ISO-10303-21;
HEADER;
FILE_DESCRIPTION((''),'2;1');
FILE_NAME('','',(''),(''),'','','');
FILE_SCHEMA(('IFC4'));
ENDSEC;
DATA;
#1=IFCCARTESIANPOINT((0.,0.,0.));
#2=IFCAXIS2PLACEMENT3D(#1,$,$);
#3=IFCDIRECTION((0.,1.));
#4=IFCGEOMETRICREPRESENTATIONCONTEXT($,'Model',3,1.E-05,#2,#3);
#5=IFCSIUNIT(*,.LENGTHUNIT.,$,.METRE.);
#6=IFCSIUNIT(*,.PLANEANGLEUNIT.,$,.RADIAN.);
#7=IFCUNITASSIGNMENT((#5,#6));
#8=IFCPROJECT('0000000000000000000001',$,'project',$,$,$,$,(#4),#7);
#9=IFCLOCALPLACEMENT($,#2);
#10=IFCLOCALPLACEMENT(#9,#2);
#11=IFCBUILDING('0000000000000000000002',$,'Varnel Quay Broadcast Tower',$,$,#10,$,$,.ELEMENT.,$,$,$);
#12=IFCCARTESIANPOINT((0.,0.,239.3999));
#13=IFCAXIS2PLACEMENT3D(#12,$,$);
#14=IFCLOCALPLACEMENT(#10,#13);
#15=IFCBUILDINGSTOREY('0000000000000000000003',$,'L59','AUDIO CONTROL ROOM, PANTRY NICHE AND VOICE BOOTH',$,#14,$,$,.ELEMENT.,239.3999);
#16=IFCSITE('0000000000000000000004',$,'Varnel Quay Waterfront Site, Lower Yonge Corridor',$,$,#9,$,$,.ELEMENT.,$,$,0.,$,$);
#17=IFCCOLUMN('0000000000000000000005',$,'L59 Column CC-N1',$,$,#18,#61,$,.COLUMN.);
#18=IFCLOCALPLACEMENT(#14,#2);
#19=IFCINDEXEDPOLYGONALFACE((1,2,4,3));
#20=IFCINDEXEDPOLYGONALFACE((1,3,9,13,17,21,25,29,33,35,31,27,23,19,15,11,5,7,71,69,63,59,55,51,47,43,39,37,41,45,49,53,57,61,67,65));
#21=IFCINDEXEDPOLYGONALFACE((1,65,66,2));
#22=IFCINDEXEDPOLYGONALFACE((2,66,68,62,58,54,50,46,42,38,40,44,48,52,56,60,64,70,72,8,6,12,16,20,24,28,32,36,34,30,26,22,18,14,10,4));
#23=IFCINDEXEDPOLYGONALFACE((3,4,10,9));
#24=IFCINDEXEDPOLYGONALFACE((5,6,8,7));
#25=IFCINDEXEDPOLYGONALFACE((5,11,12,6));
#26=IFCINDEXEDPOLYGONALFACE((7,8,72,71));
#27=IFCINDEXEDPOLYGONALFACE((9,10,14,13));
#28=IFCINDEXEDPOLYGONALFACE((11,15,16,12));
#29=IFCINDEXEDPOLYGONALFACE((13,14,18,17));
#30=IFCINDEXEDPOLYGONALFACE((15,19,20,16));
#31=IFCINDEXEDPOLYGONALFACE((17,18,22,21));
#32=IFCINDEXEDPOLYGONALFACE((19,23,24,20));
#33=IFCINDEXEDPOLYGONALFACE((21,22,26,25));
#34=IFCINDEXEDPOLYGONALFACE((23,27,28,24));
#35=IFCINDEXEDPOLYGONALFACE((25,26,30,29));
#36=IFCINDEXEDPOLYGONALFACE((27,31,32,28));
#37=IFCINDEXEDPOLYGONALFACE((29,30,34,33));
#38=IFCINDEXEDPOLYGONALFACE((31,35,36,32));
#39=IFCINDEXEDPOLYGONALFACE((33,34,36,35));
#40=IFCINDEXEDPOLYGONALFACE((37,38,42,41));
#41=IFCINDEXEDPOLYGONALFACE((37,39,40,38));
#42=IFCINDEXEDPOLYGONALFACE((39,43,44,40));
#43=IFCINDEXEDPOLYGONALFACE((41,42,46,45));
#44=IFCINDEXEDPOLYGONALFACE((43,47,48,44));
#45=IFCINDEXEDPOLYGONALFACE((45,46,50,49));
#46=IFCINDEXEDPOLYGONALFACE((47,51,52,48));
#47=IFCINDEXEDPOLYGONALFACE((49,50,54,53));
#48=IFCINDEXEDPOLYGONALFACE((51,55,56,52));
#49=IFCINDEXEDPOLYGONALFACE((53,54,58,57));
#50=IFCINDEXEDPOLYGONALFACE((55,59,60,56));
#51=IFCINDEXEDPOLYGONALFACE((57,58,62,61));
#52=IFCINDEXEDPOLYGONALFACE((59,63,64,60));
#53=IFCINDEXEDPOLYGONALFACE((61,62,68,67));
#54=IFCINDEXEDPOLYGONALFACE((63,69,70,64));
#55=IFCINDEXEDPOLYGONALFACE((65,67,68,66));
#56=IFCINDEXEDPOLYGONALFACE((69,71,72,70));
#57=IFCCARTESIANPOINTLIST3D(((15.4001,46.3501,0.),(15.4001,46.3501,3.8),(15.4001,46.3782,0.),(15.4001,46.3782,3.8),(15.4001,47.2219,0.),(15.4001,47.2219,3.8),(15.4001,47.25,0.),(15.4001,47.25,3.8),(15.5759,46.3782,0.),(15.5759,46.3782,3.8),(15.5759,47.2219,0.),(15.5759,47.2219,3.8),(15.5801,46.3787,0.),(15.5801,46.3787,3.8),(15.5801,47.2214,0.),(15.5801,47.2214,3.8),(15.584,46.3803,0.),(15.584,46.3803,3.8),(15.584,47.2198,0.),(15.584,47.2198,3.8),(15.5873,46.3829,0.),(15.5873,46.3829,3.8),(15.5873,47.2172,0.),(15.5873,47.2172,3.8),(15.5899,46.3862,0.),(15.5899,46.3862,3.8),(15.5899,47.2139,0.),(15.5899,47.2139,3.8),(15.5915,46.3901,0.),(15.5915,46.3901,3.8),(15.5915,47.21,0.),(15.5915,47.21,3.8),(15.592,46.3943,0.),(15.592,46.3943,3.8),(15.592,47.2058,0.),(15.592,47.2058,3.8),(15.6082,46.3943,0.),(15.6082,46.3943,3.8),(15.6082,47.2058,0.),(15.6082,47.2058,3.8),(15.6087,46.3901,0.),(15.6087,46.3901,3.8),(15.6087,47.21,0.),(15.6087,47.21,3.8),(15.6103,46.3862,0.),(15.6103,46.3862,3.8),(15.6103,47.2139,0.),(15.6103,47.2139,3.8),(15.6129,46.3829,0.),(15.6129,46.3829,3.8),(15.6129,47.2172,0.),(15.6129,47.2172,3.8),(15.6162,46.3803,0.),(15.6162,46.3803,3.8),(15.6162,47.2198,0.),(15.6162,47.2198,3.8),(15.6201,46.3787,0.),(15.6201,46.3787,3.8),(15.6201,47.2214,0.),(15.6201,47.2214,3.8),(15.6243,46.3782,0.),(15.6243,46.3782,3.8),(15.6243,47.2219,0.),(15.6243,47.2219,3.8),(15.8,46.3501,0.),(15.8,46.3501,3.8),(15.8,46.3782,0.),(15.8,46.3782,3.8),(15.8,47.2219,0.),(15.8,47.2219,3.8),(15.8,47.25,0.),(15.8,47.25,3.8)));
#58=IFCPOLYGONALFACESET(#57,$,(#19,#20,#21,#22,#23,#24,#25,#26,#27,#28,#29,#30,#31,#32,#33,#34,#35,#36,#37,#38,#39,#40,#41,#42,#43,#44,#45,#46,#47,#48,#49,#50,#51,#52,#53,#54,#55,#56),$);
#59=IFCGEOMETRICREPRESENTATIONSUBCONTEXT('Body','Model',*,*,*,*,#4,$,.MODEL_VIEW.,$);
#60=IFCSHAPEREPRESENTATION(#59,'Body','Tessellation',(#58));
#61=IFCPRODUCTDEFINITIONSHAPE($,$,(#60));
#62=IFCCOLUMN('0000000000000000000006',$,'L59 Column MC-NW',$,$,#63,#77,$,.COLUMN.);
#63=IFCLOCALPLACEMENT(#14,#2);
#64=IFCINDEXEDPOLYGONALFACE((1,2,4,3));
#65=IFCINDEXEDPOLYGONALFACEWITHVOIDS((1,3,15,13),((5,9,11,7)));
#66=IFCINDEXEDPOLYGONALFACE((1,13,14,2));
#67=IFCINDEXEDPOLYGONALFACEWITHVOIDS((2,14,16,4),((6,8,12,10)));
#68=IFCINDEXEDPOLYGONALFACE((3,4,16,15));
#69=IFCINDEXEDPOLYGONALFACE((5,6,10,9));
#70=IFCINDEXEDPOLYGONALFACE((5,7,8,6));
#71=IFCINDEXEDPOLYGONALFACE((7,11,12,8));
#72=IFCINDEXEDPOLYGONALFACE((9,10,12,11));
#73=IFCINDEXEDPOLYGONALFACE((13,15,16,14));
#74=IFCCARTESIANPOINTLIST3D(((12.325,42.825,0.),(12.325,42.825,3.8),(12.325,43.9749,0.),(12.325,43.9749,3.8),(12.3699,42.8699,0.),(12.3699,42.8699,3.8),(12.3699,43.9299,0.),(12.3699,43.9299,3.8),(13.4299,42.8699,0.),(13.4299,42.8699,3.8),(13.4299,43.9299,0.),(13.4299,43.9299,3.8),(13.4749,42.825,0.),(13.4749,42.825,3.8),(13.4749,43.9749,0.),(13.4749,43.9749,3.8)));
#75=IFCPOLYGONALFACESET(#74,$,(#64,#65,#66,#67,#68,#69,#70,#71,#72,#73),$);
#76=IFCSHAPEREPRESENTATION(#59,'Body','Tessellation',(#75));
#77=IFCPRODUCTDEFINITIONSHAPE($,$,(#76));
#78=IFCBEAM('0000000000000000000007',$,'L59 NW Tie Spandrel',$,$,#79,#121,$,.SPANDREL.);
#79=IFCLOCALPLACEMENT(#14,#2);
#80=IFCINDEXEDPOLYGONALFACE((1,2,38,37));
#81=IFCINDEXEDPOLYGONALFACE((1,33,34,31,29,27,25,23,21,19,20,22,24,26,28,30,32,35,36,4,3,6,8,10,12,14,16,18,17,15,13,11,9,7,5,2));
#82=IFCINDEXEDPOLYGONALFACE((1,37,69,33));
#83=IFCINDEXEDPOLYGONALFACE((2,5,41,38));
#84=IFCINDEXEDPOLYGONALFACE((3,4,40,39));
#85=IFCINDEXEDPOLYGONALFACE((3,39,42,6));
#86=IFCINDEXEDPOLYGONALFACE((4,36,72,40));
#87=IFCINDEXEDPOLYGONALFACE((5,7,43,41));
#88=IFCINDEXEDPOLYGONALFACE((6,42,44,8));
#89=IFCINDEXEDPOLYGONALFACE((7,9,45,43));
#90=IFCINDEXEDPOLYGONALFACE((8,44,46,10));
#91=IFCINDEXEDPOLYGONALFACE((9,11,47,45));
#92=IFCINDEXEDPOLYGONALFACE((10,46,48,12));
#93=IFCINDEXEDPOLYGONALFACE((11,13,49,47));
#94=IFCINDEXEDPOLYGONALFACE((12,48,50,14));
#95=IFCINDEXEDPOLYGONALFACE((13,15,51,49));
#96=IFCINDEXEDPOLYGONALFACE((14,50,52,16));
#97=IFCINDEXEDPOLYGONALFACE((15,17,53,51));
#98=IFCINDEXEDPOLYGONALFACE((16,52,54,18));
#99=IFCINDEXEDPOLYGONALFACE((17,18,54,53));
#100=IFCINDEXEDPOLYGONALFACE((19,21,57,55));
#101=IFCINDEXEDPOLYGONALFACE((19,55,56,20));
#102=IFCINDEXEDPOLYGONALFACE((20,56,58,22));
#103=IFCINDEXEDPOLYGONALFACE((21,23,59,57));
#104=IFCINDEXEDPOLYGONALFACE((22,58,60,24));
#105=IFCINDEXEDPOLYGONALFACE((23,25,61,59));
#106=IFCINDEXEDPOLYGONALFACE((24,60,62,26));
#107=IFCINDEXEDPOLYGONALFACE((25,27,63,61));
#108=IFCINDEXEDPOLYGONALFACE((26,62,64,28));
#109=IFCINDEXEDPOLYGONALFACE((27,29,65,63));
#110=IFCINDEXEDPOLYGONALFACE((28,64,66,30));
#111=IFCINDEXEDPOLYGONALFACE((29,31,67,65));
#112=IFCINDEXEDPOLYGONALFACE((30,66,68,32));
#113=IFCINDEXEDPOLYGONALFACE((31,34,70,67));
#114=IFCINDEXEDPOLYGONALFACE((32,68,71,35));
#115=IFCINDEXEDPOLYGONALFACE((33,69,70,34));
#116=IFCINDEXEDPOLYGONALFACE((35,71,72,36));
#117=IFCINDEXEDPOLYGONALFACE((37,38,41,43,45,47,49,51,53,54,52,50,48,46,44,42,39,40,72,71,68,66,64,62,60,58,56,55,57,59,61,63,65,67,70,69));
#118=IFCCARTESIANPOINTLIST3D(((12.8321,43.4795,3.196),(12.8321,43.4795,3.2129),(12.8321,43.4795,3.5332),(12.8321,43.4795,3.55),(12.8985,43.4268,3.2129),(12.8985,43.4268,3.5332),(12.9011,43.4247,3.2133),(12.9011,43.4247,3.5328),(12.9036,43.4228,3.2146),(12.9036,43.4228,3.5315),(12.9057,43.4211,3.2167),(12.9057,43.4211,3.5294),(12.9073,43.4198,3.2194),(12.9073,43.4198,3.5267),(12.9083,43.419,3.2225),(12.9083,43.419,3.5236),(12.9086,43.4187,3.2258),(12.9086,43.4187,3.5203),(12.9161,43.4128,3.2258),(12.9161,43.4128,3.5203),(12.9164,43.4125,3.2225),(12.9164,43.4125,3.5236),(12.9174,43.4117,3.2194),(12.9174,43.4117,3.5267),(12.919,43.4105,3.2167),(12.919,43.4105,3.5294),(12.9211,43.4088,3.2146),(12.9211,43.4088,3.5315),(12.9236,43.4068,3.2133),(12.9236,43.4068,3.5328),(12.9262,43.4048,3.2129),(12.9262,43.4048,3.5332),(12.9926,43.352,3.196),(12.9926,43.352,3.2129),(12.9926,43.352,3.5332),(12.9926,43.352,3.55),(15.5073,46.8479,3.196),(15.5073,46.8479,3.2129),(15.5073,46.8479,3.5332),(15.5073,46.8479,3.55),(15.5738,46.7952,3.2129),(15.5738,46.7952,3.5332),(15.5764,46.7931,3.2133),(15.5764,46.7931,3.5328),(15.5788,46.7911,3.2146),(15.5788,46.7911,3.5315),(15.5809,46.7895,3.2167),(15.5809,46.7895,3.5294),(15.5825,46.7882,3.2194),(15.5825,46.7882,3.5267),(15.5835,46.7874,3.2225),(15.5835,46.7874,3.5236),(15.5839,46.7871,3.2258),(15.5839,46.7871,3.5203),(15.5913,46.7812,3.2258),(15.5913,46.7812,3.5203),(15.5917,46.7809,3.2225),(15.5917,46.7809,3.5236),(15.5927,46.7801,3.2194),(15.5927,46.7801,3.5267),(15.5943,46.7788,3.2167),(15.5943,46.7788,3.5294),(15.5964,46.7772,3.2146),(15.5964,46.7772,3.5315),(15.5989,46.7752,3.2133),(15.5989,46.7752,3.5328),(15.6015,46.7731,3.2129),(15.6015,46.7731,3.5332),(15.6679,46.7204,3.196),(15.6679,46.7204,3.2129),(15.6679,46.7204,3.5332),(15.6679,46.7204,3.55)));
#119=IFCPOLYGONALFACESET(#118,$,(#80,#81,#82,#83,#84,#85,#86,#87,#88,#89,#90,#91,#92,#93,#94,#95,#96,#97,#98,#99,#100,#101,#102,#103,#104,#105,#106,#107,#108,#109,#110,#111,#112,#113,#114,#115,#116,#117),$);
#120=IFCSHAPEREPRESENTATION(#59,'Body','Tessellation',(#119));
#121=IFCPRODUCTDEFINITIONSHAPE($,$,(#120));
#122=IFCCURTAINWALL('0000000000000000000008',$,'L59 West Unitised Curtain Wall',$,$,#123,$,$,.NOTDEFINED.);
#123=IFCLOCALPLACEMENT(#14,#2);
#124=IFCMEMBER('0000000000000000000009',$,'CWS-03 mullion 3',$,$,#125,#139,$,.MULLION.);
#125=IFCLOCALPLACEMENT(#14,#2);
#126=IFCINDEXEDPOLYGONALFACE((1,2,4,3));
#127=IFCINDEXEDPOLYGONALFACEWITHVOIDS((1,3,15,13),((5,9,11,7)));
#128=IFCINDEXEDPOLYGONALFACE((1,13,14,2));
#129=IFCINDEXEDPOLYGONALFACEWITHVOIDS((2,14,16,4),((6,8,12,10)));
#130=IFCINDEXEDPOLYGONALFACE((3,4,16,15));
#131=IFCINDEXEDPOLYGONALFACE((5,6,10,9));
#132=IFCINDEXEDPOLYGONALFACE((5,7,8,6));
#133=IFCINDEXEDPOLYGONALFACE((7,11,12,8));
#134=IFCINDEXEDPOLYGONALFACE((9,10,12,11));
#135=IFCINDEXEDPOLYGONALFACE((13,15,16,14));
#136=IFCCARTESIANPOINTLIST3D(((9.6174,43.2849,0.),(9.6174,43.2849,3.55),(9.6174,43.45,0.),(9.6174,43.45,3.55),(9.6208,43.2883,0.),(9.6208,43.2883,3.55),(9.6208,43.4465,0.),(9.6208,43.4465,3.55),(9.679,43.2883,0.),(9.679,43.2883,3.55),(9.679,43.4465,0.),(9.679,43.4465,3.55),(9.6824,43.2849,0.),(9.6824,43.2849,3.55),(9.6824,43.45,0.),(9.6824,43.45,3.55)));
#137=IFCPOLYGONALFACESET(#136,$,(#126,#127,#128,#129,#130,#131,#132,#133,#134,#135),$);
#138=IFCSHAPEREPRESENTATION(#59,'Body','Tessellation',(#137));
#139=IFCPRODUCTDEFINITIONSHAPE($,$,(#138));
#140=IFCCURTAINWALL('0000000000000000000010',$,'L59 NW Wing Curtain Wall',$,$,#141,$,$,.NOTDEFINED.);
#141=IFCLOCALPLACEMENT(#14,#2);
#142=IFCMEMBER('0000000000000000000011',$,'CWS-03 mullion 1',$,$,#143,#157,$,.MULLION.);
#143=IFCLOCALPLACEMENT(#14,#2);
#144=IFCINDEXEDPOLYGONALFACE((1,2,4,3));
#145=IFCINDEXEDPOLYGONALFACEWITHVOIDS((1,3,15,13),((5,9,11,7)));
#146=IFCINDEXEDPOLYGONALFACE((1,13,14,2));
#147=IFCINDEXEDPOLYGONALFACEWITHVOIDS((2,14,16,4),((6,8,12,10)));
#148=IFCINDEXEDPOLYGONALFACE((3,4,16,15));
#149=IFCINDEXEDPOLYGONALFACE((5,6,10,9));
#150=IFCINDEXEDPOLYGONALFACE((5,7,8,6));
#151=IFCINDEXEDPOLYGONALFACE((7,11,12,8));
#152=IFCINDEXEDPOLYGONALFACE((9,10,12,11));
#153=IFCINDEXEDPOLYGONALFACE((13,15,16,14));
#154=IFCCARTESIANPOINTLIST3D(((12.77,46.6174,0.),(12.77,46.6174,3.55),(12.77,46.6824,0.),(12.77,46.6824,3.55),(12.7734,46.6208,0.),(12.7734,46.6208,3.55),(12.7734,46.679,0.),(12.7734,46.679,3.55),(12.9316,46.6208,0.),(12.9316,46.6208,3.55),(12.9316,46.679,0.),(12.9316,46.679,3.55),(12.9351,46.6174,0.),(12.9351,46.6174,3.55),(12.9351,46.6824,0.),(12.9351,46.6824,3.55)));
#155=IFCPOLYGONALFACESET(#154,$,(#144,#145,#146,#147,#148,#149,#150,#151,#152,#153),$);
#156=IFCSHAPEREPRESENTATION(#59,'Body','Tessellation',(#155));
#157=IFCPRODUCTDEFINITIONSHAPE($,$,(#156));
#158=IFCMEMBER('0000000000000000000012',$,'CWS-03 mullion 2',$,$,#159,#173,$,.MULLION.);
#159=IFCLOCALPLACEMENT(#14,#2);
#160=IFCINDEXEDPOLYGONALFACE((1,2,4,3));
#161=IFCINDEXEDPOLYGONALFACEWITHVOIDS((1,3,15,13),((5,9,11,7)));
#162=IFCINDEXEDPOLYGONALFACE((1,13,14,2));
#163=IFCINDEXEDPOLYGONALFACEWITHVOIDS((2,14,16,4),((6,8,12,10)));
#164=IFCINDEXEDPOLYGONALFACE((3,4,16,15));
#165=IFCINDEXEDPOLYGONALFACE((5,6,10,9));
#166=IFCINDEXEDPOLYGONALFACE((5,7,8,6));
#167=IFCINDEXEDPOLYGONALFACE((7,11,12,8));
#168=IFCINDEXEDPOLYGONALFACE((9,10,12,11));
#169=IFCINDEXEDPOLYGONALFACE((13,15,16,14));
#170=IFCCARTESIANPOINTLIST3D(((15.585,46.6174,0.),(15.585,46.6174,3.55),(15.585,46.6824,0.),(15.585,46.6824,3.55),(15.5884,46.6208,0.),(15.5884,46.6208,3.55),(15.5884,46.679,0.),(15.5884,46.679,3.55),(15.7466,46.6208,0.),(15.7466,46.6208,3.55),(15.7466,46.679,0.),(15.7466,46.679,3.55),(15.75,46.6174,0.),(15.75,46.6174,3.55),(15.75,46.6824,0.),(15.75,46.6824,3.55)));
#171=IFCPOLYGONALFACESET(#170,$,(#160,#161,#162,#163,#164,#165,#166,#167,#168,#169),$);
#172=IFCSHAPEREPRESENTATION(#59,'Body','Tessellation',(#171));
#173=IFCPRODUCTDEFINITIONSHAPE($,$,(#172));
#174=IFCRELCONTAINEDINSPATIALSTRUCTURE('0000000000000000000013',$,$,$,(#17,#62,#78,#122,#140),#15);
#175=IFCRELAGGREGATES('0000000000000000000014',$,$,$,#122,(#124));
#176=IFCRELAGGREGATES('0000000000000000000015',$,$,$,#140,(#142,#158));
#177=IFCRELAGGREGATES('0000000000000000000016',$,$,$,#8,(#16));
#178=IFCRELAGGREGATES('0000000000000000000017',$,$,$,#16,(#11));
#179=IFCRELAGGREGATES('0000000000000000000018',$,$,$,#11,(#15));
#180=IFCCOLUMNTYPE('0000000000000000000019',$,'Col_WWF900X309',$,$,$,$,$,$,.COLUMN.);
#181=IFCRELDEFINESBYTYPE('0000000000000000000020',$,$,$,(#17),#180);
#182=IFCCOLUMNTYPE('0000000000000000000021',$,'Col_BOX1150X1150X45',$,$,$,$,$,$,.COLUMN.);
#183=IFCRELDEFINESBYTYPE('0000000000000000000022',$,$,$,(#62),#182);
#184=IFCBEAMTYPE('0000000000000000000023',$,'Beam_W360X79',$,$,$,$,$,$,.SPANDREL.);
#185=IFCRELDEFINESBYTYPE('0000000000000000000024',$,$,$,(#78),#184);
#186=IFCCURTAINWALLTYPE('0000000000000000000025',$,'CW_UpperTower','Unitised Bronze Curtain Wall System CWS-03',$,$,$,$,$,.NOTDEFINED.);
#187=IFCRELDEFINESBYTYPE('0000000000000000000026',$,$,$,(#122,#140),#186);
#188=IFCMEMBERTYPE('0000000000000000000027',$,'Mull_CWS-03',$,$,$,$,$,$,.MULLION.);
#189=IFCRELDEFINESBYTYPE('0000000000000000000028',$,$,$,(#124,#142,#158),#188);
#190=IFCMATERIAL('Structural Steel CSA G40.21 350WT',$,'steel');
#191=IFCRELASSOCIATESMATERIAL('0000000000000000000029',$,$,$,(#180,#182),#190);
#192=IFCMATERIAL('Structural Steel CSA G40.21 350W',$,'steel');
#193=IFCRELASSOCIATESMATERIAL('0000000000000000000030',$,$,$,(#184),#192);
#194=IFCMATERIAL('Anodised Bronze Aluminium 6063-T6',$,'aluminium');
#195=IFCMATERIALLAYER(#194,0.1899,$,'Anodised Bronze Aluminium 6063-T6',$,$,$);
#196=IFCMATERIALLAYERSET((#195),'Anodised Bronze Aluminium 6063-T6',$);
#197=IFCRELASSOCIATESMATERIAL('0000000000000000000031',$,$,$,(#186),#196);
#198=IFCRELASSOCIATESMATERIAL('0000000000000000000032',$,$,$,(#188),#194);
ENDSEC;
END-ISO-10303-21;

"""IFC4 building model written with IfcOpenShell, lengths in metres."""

from ifc_helpers import new_model, si_unit, direction, frame, origin, origin_2d, place, context, subcontext, project, spatial, hollow_rectangle, i_section, extrude, source, transform, mapped, material, layer, layer_set, material_profile, profile_set, type_object, type_shapes, element, aggregate, save


model = new_model("IFC4")

# Units and contexts
model_context = context("Model", 3, precision=1e-05, world=origin(), true_north=direction((0.0, 1.0)))
body_context = subcontext(model_context, "Body", "Model", "MODEL_VIEW")
ifc_project = project(units=[si_unit("LENGTHUNIT", "METRE"), si_unit("PLANEANGLEUNIT", "RADIAN")], contexts=[model_context])

# Site, building, storey
site_placement = place(None, origin())
site = spatial("IfcSite", under=ifc_project, at=site_placement, Name="Varnel Quay Waterfront Site, Lower Yonge Corridor", CompositionType="ELEMENT", RefElevation=0.0)
building_placement = place(site_placement, origin())
building = spatial("IfcBuilding", under=site, at=building_placement, Name="Varnel Quay Broadcast Tower", CompositionType="ELEMENT")
storey_placement = place(building_placement, frame((0.0, 0.0, 239.3999)))
storey = spatial("IfcBuildingStorey", under=building, at=storey_placement, Name="L59", Description="AUDIO CONTROL ROOM, PANTRY NICHE AND VOICE BOOTH", CompositionType="ELEMENT", Elevation=239.3999)

# Columns
ifc_material_1 = material(Name="Structural Steel CSA G40.21 350WT", Category="steel")
ifc_material_profile_1 = material_profile(ifc_material_1, i_section(OverallWidth=0.3999, OverallDepth=0.8999, WebThickness=0.0161, FlangeThickness=0.0281, FilletRadius=0.0161, at=origin_2d()), Name="WWF900X309")
ifc_profile_set_1 = profile_set([ifc_material_profile_1], Name="Structural Steel CSA G40.21 350WT")
column_type_1 = type_object("IfcColumnType", Name="Col_WWF900X309", PredefinedType="COLUMN", material=ifc_profile_set_1)
shared_shape_1 = source(origin(), body_context, "Body", "SweptSolid", [
    extrude(i_section(OverallWidth=0.3999, OverallDepth=0.8999, WebThickness=0.0161, FlangeThickness=0.0281, FilletRadius=0.0161, at=origin_2d()), origin(), (0.0, 0.0, 1.0), 3.8),
])
type_shapes(column_type_1, [shared_shape_1])
column_1_placement = place(storey_placement, frame((15.6001, 46.8, 0.0), z_axis=(0.0, 0.0, 1.0), x_axis=(1.0, 0.0, 0.0)))
element("IfcColumn", 1, at=column_1_placement, inside=storey, type_object=column_type_1, Name="L59 Column CC-N1", PredefinedType="COLUMN", context=body_context, shape_type="MappedRepresentation", body=[
    mapped(shared_shape_1, transform((0.0, 0.0, 0.0), x_axis=(1.0, 0.0, 0.0), y_axis=(0.0, 1.0, 0.0), z_axis=(0.0, 0.0, 1.0), scale=1.0)),
])
ifc_material_profile_2 = material_profile(ifc_material_1, hollow_rectangle(XDim=1.1499, YDim=1.1499, WallThickness=0.0449, at=origin_2d()), Name="BOX1150X1150X45")
ifc_profile_set_2 = profile_set([ifc_material_profile_2], Name="Structural Steel CSA G40.21 350WT")
column_type_2 = type_object("IfcColumnType", Name="Col_BOX1150X1150X45", PredefinedType="COLUMN", material=ifc_profile_set_2)
shared_shape_2 = source(origin(), body_context, "Body", "SweptSolid", [
    extrude(hollow_rectangle(XDim=1.1499, YDim=1.1499, WallThickness=0.0449, at=origin_2d()), origin(), (0.0, 0.0, 1.0), 3.8),
])
type_shapes(column_type_2, [shared_shape_2])
column_2_placement = place(storey_placement, frame((12.8999, 43.3999, 0.0), z_axis=(0.0, 0.0, 1.0), x_axis=(1.0, 0.0, 0.0)))
element("IfcColumn", 2, at=column_2_placement, inside=storey, type_object=column_type_2, Name="L59 Column MC-NW", PredefinedType="COLUMN", context=body_context, shape_type="MappedRepresentation", body=[
    mapped(shared_shape_2, transform((0.0, 0.0, 0.0), x_axis=(1.0, 0.0, 0.0), y_axis=(0.0, 1.0, 0.0), z_axis=(0.0, 0.0, 1.0), scale=1.0)),
])

# Beam
ifc_material_2 = material(Name="Structural Steel CSA G40.21 350W", Category="steel")
ifc_material_profile_3 = material_profile(ifc_material_2, i_section(OverallWidth=0.2051, OverallDepth=0.354, WebThickness=0.0095, FlangeThickness=0.0168, FilletRadius=0.0129, at=origin_2d()), Name="W360X79")
ifc_profile_set_3 = profile_set([ifc_material_profile_3], Name="Structural Steel CSA G40.21 350W")
beam_type = type_object("IfcBeamType", Name="Beam_W360X79", PredefinedType="SPANDREL", material=ifc_profile_set_3)
shared_shape_3 = source(origin(), body_context, "Body", "SweptSolid", [
    extrude(i_section(OverallWidth=0.2051, OverallDepth=0.354, WebThickness=0.0095, FlangeThickness=0.0168, FilletRadius=0.0129, at=origin_2d()), origin(), (0.0, 0.0, 1.0), 4.3015),
])
type_shapes(beam_type, [shared_shape_3])
beam_placement = place(storey_placement, frame((12.9124, 43.4158, 3.373), z_axis=(0.621936, 0.783068, 0.0), x_axis=(-0.783068, 0.621936, 0.0)))
element("IfcBeam", 3, at=beam_placement, inside=storey, type_object=beam_type, Name="L59 NW Tie Spandrel", PredefinedType="SPANDREL", context=body_context, shape_type="MappedRepresentation", body=[
    mapped(shared_shape_3, transform((0.0, 0.0, 0.0), x_axis=(1.0, 0.0, 0.0), y_axis=(0.0, 1.0, 0.0), z_axis=(0.0, 0.0, 1.0), scale=1.0)),
])

# Curtain wall, member
ifc_material_3 = material(Name="Anodised Bronze Aluminium 6063-T6", Category="aluminium")
ifc_layer_1 = layer(ifc_material_3, 0.1899, Name="Anodised Bronze Aluminium 6063-T6")
ifc_layer_set_1 = layer_set([ifc_layer_1], Name="Anodised Bronze Aluminium 6063-T6")
curtain_wall_type = type_object("IfcCurtainWallType", Name="CW_UpperTower", Description="Unitised Bronze Curtain Wall System CWS-03", PredefinedType="NOTDEFINED", material=ifc_layer_set_1)
curtain_wall_1_placement = place(storey_placement, origin())
curtain_wall_1 = element("IfcCurtainWall", 4, at=curtain_wall_1_placement, inside=storey, type_object=curtain_wall_type, Name="L59 West Unitised Curtain Wall", PredefinedType="NOTDEFINED")
ifc_material_profile_4 = material_profile(ifc_material_3, hollow_rectangle(XDim=0.0649, YDim=0.165, WallThickness=0.0034, at=origin_2d()), Name="ALU65X165X3.5")
ifc_profile_set_4 = profile_set([ifc_material_profile_4], Name="Anodised Bronze Aluminium 6063-T6")
member_type_1 = type_object("IfcMemberType", Name="Mull_CWS-03", PredefinedType="MULLION", material=ifc_profile_set_4)
shared_shape_4 = source(origin(), body_context, "Body", "SweptSolid", [
    extrude(hollow_rectangle(XDim=0.0649, YDim=0.165, WallThickness=0.0034, at=origin_2d()), origin(), (0.0, 0.0, 1.0), 3.55),
])
type_shapes(member_type_1, [shared_shape_4])
member_1_placement = place(storey_placement, frame((9.6499, 43.3674, 0.0), z_axis=(0.0, 0.0, 1.0), x_axis=(-1.0, 0.0, 0.0)))
member_1 = element("IfcMember", 5, at=member_1_placement, type_object=member_type_1, Name="CWS-03 mullion 3", PredefinedType="MULLION", context=body_context, shape_type="MappedRepresentation", body=[
    mapped(shared_shape_4, transform((0.0, 0.0, 0.0), x_axis=(1.0, 0.0, 0.0), y_axis=(0.0, 1.0, 0.0), z_axis=(0.0, 0.0, 1.0), scale=1.0)),
])
aggregate(curtain_wall_1, [member_1])

# Curtain wall, members
curtain_wall_2_placement = place(storey_placement, origin())
curtain_wall_2 = element("IfcCurtainWall", 6, at=curtain_wall_2_placement, inside=storey, type_object=curtain_wall_type, Name="L59 NW Wing Curtain Wall", PredefinedType="NOTDEFINED")
member_2_placement = place(storey_placement, frame((12.8525, 46.6499, 0.0), z_axis=(0.0, 0.0, 1.0), x_axis=(0.0, 1.0, 0.0)))
member_2 = element("IfcMember", 7, at=member_2_placement, type_object=member_type_1, Name="CWS-03 mullion 1", PredefinedType="MULLION", context=body_context, shape_type="MappedRepresentation", body=[
    mapped(shared_shape_4, transform((0.0, 0.0, 0.0), x_axis=(1.0, 0.0, 0.0), y_axis=(0.0, 1.0, 0.0), z_axis=(0.0, 0.0, 1.0), scale=1.0)),
])
member_3_placement = place(storey_placement, frame((15.6675, 46.6499, 0.0), z_axis=(0.0, 0.0, 1.0), x_axis=(0.0, 1.0, 0.0)))
member_3 = element("IfcMember", 8, at=member_3_placement, type_object=member_type_1, Name="CWS-03 mullion 2", PredefinedType="MULLION", context=body_context, shape_type="MappedRepresentation", body=[
    mapped(shared_shape_4, transform((0.0, 0.0, 0.0), x_axis=(1.0, 0.0, 0.0), y_axis=(0.0, 1.0, 0.0), z_axis=(0.0, 0.0, 1.0), scale=1.0)),
])
aggregate(curtain_wall_2, [member_2, member_3])

save(model, "model.ifc")
